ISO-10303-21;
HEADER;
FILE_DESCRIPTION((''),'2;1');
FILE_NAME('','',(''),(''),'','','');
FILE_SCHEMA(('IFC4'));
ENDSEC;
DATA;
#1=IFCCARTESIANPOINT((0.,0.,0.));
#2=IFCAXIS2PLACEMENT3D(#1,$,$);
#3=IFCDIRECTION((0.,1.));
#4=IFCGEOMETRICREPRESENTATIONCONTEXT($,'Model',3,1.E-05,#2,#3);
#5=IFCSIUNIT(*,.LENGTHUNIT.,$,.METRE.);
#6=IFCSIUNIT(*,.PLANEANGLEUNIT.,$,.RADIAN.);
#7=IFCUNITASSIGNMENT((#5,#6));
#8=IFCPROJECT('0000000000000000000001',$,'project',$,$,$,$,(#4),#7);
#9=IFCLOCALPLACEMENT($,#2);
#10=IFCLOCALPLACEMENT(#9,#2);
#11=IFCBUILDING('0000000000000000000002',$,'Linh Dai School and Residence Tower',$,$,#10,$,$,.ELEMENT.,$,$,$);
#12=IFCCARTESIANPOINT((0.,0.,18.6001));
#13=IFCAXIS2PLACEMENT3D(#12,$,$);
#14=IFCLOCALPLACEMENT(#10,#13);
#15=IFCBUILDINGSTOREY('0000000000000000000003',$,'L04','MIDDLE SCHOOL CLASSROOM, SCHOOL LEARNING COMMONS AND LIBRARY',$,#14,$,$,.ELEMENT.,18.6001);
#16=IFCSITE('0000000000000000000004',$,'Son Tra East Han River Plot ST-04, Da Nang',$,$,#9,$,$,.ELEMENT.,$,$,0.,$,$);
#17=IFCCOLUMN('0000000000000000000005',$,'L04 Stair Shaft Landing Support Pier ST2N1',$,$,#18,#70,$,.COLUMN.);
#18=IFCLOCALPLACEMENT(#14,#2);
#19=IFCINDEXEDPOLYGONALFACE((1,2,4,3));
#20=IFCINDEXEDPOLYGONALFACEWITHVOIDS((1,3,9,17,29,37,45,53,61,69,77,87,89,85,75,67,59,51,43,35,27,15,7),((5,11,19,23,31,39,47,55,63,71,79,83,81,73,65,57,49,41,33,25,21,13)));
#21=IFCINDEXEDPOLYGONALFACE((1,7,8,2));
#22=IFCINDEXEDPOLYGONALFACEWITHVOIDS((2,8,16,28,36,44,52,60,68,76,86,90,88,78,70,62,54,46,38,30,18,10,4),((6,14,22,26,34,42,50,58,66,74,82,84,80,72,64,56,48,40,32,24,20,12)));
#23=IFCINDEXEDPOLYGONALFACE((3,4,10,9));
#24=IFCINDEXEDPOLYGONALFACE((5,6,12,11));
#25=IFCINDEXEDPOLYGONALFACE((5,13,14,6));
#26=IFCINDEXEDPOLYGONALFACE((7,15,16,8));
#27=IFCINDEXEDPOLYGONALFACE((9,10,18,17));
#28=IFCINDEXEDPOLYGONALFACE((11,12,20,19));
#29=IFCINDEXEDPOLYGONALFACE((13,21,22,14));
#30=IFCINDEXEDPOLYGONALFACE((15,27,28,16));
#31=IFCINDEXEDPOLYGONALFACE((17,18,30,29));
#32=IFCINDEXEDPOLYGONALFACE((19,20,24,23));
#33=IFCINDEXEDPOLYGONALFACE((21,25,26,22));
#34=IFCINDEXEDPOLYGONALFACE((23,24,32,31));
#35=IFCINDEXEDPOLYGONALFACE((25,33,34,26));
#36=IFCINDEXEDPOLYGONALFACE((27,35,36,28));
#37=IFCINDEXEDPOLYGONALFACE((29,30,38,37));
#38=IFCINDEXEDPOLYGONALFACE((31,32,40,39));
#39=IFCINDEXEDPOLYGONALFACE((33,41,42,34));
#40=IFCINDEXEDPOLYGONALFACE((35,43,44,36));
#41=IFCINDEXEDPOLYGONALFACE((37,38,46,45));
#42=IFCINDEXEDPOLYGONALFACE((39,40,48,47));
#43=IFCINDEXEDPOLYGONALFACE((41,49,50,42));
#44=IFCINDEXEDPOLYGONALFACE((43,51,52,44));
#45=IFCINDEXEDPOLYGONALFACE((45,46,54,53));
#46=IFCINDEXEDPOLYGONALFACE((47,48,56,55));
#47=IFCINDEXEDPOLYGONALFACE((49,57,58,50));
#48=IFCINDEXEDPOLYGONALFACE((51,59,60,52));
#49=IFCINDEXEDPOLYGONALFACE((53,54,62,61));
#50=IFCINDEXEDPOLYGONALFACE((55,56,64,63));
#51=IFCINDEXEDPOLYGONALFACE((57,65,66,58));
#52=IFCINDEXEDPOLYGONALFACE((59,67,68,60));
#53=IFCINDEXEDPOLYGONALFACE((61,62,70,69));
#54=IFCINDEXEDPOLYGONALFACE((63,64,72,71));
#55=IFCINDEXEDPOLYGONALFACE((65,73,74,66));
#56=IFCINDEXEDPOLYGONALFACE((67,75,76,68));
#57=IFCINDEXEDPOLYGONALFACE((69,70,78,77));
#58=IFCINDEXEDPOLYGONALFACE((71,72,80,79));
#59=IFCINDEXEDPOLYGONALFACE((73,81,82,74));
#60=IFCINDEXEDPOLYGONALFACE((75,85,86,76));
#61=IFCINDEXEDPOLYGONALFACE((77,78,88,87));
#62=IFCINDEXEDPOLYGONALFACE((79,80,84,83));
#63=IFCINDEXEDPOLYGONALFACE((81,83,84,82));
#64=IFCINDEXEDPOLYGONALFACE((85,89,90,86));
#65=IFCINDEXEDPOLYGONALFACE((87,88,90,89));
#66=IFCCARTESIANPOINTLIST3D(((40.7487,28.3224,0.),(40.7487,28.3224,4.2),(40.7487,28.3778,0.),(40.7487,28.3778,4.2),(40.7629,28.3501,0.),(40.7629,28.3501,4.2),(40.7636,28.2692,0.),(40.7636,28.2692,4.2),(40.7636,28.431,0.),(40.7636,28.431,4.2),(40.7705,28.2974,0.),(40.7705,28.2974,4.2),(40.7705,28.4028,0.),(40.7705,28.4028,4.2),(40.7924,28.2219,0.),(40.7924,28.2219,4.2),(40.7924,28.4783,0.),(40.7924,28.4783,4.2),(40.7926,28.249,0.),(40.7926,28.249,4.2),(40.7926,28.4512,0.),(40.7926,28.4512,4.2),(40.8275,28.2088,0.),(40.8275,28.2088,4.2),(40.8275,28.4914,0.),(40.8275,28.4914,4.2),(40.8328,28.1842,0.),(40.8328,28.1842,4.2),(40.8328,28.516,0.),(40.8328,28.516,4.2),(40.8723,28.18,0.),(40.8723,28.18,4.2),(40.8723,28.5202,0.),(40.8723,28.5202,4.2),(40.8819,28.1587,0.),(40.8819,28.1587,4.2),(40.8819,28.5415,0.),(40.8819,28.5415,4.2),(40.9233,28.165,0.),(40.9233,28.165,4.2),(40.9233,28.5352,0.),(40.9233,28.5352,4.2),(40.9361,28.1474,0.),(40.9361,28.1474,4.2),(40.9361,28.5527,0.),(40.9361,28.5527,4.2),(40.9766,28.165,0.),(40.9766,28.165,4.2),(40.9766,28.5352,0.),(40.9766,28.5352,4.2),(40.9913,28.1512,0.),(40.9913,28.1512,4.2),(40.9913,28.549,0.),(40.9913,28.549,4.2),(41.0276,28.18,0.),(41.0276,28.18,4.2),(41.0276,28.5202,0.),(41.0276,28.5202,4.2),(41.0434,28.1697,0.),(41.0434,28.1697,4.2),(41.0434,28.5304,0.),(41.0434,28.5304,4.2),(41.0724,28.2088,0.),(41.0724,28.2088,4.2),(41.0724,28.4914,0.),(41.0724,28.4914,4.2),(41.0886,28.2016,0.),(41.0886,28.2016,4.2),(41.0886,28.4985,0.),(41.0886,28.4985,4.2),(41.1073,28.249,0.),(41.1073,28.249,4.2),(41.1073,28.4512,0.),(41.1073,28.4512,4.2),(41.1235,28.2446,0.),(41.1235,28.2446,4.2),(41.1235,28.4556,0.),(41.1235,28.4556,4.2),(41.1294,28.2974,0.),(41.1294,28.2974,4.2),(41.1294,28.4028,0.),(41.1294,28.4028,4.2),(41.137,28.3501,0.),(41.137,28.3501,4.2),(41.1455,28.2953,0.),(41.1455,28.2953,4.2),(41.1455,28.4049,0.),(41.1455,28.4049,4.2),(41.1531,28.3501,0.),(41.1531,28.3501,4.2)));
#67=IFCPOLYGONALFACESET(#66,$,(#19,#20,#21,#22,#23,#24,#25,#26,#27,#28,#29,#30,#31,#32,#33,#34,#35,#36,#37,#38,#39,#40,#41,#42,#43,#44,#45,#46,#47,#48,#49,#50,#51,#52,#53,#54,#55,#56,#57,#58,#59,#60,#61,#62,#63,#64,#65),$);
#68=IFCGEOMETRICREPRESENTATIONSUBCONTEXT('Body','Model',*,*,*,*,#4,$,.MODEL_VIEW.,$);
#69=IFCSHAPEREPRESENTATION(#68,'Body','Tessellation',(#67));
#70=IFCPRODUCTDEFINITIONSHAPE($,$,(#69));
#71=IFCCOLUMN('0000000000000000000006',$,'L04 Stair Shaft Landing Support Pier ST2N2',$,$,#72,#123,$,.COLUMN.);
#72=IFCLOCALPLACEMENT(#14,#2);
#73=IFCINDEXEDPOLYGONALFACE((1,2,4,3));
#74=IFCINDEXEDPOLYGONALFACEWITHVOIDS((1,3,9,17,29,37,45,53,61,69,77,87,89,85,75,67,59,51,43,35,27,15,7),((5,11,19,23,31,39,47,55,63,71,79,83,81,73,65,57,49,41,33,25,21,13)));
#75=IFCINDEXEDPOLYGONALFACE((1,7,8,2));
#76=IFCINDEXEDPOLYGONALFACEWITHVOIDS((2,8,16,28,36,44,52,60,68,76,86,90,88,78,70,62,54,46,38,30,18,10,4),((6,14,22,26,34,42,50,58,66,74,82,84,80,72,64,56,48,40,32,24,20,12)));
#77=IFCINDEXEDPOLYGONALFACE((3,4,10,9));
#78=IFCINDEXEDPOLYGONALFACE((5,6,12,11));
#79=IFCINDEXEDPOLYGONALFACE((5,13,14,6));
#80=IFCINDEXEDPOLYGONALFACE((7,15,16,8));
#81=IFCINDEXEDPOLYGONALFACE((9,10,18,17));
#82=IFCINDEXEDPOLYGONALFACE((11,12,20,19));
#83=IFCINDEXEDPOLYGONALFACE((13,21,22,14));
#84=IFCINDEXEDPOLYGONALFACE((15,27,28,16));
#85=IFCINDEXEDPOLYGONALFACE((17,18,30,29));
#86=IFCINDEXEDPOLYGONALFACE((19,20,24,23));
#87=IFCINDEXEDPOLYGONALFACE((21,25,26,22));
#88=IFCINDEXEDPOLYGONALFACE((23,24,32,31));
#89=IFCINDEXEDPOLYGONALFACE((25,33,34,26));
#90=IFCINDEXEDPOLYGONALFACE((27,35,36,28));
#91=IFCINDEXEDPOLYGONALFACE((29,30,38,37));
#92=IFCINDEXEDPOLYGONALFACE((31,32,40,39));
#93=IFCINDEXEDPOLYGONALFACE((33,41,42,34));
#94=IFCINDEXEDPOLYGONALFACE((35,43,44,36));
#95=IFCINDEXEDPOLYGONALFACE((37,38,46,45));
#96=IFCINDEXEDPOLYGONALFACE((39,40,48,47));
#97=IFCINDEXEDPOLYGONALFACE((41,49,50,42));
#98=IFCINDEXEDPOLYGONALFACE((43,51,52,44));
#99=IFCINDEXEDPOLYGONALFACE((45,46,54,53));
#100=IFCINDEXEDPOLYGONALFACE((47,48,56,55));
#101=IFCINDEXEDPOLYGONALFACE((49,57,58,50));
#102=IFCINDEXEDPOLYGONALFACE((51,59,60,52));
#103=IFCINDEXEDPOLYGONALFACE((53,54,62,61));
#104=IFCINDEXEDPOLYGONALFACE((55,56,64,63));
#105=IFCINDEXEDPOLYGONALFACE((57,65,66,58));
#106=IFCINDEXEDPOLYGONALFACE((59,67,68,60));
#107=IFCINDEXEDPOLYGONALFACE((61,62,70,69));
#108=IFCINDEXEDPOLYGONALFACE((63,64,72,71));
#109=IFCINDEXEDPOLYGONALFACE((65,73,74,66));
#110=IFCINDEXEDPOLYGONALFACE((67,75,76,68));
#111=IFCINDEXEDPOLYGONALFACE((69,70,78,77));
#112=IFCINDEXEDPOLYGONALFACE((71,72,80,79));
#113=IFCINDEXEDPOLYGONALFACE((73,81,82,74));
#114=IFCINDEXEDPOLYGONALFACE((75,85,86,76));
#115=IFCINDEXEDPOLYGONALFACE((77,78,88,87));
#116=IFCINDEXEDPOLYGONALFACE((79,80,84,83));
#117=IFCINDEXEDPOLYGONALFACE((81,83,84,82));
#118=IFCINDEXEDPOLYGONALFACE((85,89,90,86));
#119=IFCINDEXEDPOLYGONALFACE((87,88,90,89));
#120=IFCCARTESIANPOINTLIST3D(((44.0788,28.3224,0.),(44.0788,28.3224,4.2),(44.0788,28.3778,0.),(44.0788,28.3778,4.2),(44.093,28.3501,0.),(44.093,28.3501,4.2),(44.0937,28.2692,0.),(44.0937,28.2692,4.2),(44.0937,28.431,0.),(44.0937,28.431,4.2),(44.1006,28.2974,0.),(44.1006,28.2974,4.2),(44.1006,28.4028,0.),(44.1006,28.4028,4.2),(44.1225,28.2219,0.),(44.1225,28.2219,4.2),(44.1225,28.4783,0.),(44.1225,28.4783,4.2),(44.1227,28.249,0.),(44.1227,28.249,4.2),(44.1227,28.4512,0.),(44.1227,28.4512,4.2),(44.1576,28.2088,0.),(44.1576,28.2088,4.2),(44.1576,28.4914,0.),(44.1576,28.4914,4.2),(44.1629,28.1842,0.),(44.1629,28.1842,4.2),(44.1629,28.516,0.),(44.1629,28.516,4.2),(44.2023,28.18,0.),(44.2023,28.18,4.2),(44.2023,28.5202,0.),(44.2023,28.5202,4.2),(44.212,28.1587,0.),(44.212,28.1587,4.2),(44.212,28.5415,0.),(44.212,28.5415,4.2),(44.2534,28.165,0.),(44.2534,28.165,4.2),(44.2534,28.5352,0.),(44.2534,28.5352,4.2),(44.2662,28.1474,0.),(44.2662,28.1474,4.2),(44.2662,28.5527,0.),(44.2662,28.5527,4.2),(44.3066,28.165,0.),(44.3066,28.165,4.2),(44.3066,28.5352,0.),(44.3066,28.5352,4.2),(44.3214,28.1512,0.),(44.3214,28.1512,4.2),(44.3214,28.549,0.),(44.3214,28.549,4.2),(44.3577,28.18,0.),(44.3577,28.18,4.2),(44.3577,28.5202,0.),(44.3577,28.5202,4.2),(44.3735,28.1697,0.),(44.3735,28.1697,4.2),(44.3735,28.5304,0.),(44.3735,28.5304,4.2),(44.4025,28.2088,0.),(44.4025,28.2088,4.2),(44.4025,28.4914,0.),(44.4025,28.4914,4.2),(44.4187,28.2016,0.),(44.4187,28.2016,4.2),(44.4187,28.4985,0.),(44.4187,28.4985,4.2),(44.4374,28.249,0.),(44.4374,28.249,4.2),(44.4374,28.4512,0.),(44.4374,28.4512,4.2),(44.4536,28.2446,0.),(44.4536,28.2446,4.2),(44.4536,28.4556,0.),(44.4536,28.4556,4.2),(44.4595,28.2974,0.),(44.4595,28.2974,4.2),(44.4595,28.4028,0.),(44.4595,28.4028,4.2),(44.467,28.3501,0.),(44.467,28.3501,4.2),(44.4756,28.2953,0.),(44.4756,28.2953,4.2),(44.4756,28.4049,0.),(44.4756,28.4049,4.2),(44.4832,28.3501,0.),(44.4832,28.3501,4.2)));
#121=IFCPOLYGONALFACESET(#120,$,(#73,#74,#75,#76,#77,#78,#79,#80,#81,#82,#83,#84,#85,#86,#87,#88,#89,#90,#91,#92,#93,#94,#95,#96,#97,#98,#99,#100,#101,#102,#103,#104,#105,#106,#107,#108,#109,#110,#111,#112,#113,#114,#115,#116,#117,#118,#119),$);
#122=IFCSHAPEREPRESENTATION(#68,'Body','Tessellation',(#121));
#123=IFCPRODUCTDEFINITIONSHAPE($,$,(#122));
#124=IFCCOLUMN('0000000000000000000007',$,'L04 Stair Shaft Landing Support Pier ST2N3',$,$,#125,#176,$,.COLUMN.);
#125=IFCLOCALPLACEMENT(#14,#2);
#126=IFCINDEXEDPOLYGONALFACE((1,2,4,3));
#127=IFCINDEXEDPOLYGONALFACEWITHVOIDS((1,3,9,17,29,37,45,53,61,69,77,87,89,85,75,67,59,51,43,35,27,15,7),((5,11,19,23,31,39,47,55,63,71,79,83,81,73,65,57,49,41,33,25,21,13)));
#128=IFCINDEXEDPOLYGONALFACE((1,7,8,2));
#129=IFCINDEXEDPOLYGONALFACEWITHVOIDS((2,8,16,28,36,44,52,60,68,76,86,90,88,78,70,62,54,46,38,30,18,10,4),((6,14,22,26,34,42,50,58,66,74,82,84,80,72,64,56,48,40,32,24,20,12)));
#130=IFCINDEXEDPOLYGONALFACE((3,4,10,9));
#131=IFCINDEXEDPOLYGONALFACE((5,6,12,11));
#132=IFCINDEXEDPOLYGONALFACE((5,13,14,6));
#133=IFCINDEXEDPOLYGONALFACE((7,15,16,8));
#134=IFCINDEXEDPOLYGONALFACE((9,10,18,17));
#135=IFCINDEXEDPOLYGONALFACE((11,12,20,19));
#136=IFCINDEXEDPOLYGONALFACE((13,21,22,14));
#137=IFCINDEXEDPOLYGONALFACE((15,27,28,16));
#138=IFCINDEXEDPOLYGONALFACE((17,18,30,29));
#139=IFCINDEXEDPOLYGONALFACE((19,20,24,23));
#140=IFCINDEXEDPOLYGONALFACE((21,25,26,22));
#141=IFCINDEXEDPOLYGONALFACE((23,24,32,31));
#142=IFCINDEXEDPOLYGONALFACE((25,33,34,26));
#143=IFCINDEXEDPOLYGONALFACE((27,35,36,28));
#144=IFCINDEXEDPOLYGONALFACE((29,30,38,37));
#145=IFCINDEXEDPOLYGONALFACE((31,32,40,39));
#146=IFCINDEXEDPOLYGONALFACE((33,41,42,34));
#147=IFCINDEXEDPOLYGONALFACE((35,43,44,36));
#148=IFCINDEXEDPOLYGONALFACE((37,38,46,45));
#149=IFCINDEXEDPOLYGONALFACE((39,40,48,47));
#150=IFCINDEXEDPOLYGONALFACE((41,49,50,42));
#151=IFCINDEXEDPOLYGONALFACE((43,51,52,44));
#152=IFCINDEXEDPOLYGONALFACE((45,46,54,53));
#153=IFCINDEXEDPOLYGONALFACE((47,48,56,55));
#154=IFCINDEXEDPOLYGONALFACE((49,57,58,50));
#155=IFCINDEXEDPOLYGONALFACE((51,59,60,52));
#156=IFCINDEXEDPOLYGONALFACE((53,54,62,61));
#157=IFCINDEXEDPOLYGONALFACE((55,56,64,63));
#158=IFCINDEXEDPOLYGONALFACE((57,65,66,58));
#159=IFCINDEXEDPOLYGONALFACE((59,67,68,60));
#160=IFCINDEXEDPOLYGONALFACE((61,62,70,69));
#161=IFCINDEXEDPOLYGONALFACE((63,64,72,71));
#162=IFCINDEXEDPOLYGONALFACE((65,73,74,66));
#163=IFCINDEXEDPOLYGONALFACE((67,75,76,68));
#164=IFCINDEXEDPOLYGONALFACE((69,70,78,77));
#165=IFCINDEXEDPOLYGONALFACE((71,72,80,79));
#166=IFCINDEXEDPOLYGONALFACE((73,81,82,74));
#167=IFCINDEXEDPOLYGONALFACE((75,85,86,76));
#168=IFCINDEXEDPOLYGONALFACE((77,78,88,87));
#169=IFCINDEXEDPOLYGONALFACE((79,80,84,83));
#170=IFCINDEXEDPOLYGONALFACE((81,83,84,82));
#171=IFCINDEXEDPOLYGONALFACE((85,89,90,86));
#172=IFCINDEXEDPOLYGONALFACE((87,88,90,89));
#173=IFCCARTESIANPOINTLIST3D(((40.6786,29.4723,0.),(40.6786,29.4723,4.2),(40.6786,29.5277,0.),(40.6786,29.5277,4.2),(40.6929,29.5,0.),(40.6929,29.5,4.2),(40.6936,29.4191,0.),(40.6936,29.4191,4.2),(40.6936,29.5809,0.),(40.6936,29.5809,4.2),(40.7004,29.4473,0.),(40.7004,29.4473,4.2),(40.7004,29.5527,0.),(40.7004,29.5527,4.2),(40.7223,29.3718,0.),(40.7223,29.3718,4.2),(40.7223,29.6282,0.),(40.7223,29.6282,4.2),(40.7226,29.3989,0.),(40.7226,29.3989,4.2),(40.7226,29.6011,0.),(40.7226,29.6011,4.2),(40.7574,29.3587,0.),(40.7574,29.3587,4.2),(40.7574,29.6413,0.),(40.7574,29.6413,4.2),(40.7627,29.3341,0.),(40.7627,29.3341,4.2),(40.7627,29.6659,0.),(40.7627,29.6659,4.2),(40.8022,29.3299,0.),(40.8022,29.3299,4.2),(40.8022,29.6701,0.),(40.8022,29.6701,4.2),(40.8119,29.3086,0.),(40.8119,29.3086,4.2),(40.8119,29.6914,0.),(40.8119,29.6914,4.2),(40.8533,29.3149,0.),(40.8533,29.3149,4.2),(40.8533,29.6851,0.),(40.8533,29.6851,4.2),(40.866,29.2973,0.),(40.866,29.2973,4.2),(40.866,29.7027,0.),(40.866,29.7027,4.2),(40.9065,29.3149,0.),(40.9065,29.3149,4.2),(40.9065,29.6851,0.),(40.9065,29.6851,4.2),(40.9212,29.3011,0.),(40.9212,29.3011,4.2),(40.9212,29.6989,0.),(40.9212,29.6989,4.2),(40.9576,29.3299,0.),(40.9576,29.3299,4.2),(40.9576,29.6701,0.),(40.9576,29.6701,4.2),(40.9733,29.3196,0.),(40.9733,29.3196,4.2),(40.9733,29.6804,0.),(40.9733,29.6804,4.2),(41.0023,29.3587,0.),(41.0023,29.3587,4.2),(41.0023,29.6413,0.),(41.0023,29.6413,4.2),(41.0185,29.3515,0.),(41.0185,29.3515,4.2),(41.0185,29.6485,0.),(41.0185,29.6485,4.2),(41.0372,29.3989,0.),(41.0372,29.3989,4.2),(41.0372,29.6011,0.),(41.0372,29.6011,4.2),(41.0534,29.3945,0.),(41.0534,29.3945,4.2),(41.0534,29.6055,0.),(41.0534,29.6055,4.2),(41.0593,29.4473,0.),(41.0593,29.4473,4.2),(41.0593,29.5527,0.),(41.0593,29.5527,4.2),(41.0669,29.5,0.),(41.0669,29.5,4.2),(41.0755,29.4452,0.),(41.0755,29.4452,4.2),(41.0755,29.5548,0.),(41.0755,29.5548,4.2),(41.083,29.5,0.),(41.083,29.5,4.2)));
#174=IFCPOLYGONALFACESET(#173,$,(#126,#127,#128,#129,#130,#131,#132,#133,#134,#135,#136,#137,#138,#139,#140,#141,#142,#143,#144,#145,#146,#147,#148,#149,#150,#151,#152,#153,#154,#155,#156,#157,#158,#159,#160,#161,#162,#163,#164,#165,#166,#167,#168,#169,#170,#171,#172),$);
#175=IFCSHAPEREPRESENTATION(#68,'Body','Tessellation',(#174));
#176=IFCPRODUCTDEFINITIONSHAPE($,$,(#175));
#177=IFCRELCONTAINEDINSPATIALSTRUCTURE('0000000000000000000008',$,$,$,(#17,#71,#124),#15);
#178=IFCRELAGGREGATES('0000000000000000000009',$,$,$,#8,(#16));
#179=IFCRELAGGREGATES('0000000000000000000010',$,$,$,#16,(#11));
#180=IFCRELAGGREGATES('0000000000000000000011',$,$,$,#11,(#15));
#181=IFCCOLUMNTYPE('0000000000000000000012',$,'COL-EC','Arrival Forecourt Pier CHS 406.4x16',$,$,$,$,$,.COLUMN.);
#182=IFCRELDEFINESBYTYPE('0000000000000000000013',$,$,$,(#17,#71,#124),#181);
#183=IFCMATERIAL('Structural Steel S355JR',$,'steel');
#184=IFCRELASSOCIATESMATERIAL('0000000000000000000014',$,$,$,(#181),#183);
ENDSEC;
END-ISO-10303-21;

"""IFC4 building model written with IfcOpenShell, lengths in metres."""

from ifc_helpers import new_model, si_unit, direction, frame, origin, origin_2d, place, context, subcontext, project, spatial, hollow_circle, extrude, material, material_profile, profile_set, type_object, element, save


model = new_model("IFC4")

# Units and contexts
model_context = context("Model", 3, precision=1e-05, world=origin(), true_north=direction((0.0, 1.0)))
body_context = subcontext(model_context, "Body", "Model", "MODEL_VIEW")
ifc_project = project(units=[si_unit("LENGTHUNIT", "METRE"), si_unit("PLANEANGLEUNIT", "RADIAN")], contexts=[model_context])

# Site, building, storey
site_placement = place(None, origin())
site = spatial("IfcSite", under=ifc_project, at=site_placement, Name="Son Tra East Han River Plot ST-04, Da Nang", CompositionType="ELEMENT", RefElevation=0.0)
building_placement = place(site_placement, origin())
building = spatial("IfcBuilding", under=site, at=building_placement, Name="Linh Dai School and Residence Tower", CompositionType="ELEMENT")
storey_placement = place(building_placement, frame((0.0, 0.0, 18.6001)))
storey = spatial("IfcBuildingStorey", under=building, at=storey_placement, Name="L04", Description="MIDDLE SCHOOL CLASSROOM, SCHOOL LEARNING COMMONS AND LIBRARY", CompositionType="ELEMENT", Elevation=18.6001)

# Columns
ifc_material_1 = material(Name="Structural Steel S355JR", Category="steel")
ifc_material_profile_1 = material_profile(ifc_material_1, hollow_circle(Radius=0.2031, WallThickness=0.0161, at=origin_2d()), Name="CHS 406.4x16")
ifc_profile_set_1 = profile_set([ifc_material_profile_1], Name="Structural Steel S355JR")
column_type_1 = type_object("IfcColumnType", Name="COL-EC", Description="Arrival Forecourt Pier CHS 406.4x16", PredefinedType="COLUMN", material=ifc_profile_set_1)
for number, where, z_axis, x_axis, name in (
    (1, (40.95, 28.3501, 0.0), (0.0, 0.0, 1.0), (1.0, 0.0, 0.0), "L04 Stair Shaft Landing Support Pier ST2N1"),
    (2, (44.28, 28.3501, 0.0), (0.0, 0.0, 1.0), (1.0, 0.0, 0.0), "L04 Stair Shaft Landing Support Pier ST2N2"),
    (3, (40.8799, 29.5, 0.0), (0.0, 0.0, 1.0), (1.0, 0.0, 0.0), "L04 Stair Shaft Landing Support Pier ST2N3"),
):
    element("IfcColumn", number, at=place(storey_placement, frame(where, z_axis=z_axis, x_axis=x_axis)), inside=storey, type_object=column_type_1, Name=name, PredefinedType="COLUMN", context=body_context, shape_type="SweptSolid", body=[
        extrude(hollow_circle(Radius=0.2031, WallThickness=0.0161, at=origin_2d()), origin(), (0.0, 0.0, 1.0), 4.2),
    ])

save(model, "model.ifc")
